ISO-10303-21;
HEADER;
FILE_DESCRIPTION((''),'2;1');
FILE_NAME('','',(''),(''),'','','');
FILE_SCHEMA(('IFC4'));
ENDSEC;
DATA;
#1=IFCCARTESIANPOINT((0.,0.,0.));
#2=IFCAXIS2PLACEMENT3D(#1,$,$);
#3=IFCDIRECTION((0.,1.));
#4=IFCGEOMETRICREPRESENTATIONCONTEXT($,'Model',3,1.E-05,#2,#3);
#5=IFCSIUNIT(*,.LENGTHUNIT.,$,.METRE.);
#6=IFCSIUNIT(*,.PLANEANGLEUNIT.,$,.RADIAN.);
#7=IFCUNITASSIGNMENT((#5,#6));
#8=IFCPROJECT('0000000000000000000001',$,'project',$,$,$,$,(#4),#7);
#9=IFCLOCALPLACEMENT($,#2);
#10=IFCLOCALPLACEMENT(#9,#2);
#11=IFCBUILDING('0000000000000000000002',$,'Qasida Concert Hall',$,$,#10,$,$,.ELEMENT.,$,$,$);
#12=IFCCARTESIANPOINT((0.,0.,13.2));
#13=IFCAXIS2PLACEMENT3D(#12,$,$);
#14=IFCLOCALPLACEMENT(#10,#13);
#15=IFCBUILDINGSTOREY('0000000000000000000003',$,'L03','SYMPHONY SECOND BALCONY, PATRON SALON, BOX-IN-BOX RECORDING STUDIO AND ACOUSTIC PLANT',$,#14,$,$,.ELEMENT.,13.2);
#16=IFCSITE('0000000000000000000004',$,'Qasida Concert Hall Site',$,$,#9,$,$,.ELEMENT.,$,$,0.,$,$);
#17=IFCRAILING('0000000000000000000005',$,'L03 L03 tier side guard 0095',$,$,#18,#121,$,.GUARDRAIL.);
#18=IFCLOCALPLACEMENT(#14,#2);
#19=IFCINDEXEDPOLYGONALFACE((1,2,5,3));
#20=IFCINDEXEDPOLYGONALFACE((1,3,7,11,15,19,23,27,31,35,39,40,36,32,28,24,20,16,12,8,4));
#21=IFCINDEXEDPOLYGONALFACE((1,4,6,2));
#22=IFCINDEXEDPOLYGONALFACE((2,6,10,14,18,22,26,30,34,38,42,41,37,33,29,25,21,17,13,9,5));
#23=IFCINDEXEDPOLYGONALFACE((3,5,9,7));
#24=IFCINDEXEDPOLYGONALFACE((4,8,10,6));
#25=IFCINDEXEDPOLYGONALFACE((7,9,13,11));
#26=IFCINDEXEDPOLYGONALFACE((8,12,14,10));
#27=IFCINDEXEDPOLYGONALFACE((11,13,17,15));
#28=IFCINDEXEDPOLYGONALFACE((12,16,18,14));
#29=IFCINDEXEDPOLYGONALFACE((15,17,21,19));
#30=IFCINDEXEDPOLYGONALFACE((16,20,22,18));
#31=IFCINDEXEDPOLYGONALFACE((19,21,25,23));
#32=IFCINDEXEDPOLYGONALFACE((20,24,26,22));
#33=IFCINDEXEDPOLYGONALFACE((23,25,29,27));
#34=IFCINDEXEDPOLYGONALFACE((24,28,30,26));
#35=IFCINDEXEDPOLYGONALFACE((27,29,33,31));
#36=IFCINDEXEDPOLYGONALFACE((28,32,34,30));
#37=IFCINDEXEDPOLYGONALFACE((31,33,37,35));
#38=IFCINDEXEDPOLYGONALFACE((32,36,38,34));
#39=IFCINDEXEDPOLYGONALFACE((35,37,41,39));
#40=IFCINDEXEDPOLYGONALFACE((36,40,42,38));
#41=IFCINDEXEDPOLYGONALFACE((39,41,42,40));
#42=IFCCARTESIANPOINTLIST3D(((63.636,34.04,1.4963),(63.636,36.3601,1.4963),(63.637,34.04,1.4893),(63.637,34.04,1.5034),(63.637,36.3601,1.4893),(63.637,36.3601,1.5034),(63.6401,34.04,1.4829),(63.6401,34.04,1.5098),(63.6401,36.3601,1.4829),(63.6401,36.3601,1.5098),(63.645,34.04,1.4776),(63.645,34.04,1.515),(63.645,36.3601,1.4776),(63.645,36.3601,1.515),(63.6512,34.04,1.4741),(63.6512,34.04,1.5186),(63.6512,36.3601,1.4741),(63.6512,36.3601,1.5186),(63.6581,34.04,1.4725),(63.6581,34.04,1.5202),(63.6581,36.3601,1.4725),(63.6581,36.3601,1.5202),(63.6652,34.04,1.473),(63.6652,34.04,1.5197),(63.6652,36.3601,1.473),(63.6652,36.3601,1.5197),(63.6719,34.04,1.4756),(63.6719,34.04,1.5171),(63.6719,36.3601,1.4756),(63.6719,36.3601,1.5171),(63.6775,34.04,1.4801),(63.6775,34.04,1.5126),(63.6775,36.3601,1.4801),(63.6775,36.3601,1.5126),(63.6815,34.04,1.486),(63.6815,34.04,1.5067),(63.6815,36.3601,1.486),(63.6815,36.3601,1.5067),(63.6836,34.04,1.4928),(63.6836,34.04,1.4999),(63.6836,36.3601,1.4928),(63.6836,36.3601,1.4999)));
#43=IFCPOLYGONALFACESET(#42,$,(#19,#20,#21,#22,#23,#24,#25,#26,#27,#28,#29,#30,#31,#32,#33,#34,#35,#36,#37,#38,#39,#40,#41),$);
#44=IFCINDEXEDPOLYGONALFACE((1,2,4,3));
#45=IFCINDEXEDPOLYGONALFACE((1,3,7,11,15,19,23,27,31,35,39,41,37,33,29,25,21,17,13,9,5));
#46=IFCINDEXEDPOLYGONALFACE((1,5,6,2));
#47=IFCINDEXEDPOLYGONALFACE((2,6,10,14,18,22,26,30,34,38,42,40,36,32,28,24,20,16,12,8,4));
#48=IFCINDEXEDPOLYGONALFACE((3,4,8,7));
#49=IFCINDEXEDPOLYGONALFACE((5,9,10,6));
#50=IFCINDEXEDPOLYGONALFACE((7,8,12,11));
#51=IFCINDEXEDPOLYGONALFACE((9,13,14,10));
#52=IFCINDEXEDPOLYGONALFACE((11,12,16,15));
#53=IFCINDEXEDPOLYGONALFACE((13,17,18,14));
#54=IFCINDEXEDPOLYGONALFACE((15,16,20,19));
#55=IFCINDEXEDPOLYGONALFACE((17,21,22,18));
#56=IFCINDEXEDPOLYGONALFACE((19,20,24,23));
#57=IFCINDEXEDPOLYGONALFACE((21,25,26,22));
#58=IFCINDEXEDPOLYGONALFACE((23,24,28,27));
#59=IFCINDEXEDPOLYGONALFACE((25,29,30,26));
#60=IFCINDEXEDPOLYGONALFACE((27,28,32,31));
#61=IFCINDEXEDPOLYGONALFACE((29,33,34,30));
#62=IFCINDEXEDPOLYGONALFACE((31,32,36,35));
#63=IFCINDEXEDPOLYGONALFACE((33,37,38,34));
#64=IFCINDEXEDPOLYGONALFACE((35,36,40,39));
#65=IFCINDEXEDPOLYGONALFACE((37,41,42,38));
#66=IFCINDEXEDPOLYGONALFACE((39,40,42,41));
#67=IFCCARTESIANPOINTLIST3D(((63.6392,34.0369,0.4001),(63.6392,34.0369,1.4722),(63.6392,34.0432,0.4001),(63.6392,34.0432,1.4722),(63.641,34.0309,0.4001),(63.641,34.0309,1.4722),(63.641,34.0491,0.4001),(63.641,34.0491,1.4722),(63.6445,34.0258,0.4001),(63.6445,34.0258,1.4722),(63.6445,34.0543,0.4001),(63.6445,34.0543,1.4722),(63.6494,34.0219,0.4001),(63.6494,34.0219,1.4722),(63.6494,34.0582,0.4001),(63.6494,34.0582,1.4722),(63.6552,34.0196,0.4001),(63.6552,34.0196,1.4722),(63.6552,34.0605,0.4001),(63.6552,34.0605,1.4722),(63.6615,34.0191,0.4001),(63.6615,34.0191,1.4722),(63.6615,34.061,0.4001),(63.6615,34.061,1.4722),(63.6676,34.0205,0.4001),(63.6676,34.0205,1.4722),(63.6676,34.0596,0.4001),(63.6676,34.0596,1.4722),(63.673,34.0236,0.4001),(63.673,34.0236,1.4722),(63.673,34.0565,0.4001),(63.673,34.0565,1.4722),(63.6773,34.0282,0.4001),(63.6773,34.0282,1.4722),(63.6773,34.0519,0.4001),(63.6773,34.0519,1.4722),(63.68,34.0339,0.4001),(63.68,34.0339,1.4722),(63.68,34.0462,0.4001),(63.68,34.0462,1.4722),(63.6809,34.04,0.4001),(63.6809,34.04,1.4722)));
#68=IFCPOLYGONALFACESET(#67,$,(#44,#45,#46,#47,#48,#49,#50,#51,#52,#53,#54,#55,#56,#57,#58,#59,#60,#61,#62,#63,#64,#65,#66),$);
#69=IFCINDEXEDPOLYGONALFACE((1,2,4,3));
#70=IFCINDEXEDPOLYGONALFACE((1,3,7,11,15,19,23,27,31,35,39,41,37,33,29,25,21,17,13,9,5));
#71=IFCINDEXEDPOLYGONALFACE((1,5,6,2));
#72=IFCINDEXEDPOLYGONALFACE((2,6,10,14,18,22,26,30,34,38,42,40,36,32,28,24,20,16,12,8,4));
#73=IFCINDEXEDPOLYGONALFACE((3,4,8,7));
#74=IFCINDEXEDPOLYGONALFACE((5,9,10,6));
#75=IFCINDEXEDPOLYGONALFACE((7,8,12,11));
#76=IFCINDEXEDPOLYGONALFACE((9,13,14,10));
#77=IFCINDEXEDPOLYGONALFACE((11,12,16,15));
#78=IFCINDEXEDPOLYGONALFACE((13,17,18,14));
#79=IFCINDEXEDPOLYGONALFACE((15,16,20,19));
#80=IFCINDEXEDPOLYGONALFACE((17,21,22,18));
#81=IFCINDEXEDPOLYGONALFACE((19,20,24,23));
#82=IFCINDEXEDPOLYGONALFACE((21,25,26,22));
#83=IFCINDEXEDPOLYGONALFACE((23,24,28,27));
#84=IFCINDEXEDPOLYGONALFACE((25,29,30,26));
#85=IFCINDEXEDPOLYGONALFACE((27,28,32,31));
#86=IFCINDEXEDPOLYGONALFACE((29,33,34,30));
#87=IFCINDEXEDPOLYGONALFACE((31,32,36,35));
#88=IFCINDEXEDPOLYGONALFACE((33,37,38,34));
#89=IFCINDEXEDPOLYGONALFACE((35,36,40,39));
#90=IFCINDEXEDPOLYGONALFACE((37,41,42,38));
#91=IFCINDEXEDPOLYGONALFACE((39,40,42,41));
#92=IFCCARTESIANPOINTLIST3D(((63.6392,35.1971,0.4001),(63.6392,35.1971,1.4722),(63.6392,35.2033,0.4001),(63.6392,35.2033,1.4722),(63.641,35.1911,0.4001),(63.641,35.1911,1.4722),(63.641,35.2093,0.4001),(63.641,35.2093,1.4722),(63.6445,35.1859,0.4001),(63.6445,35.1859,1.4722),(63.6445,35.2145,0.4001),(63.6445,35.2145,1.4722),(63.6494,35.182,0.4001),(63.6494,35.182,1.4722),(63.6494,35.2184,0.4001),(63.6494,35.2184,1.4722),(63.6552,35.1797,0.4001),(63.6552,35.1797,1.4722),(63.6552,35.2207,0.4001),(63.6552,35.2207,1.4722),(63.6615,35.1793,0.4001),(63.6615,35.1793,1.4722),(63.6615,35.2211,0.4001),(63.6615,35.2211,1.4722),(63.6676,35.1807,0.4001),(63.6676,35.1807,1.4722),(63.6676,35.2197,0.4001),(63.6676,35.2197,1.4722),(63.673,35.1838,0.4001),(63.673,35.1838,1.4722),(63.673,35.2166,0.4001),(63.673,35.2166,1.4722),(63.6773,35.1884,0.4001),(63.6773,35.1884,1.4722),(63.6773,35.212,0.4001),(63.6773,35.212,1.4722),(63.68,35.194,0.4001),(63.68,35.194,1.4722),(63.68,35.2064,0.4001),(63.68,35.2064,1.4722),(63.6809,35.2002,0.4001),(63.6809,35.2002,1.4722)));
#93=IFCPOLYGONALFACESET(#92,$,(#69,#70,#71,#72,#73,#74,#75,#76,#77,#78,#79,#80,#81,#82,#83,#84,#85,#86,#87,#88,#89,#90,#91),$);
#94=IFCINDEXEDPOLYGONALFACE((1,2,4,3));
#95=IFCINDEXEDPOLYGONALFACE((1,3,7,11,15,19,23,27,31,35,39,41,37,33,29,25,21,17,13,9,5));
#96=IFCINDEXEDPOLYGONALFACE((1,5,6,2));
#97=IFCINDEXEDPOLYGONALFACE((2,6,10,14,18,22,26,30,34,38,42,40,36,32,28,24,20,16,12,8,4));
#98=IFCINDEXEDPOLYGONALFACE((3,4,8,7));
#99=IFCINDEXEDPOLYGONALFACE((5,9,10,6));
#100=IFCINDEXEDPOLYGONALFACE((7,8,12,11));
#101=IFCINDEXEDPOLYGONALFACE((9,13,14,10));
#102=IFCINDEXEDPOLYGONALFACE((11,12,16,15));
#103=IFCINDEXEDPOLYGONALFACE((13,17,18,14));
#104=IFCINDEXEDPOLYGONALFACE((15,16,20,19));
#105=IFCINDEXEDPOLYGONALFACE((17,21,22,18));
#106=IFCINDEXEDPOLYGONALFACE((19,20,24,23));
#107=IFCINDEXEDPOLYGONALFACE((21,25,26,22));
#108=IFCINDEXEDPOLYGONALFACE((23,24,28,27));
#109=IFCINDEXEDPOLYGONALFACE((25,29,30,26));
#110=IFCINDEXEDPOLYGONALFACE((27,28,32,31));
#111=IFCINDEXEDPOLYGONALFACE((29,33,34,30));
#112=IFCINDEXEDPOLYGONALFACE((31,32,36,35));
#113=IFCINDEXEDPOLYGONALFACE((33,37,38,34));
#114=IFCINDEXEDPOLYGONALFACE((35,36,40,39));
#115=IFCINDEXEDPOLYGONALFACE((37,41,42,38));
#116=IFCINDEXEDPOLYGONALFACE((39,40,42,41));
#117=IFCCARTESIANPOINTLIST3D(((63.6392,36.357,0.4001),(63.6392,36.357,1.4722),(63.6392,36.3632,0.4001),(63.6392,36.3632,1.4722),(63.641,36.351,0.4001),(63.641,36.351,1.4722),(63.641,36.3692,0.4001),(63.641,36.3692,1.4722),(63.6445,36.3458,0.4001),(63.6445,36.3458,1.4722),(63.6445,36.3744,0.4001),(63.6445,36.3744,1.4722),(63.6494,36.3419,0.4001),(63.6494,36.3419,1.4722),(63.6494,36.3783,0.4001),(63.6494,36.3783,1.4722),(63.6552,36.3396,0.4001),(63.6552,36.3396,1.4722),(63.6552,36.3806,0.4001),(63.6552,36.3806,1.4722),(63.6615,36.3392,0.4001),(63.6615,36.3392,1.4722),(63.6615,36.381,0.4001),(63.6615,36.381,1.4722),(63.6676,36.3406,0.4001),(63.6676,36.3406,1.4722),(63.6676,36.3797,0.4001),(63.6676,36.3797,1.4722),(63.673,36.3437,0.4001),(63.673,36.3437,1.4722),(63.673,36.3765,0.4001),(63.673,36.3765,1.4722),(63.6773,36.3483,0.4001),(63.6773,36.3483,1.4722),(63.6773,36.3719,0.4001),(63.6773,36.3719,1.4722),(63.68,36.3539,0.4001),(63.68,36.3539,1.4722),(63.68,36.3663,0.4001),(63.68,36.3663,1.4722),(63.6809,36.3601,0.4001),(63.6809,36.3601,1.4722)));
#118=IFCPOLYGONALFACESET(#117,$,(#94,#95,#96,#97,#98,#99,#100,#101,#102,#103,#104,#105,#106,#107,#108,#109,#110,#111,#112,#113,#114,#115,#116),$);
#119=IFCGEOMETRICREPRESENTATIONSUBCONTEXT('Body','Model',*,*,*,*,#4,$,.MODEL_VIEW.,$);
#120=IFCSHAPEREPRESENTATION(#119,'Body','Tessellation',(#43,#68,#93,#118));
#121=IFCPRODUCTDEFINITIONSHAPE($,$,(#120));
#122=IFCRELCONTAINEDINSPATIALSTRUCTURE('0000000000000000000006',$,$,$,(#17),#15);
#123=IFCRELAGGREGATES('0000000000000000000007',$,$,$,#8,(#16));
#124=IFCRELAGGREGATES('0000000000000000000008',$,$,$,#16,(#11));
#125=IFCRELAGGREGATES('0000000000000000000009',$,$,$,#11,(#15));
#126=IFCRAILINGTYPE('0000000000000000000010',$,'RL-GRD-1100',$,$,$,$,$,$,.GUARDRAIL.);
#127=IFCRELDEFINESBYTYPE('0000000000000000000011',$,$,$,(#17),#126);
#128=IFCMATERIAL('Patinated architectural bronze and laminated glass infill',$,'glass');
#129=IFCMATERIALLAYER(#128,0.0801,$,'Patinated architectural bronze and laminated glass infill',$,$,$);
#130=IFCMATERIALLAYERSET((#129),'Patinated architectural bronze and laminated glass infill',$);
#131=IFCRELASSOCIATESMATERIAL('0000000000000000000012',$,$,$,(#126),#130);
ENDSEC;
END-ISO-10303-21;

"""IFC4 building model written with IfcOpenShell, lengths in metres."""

from ifc_helpers import new_model, si_unit, direction, frame, origin, origin_2d, place, context, subcontext, project, spatial, circle, extrude, material, layer, layer_set, type_object, element, save


model = new_model("IFC4")

# Units and contexts
model_context = context("Model", 3, precision=1e-05, world=origin(), true_north=direction((0.0, 1.0)))
body_context = subcontext(model_context, "Body", "Model", "MODEL_VIEW")
ifc_project = project(units=[si_unit("LENGTHUNIT", "METRE"), si_unit("PLANEANGLEUNIT", "RADIAN")], contexts=[model_context])

# Site, building, storey
site_placement = place(None, origin())
site = spatial("IfcSite", under=ifc_project, at=site_placement, Name="Qasida Concert Hall Site", CompositionType="ELEMENT", RefElevation=0.0)
building_placement = place(site_placement, origin())
building = spatial("IfcBuilding", under=site, at=building_placement, Name="Qasida Concert Hall", CompositionType="ELEMENT")
storey_placement = place(building_placement, frame((0.0, 0.0, 13.2)))
storey = spatial("IfcBuildingStorey", under=building, at=storey_placement, Name="L03", Description="SYMPHONY SECOND BALCONY, PATRON SALON, BOX-IN-BOX RECORDING STUDIO AND ACOUSTIC PLANT", CompositionType="ELEMENT", Elevation=13.2)

# Railing
ifc_material_1 = material(Name="Patinated architectural bronze and laminated glass infill", Category="glass")
ifc_layer_1 = layer(ifc_material_1, 0.0801, Name="Patinated architectural bronze and laminated glass infill")
ifc_layer_set_1 = layer_set([ifc_layer_1], Name="Patinated architectural bronze and laminated glass infill")
railing_type = type_object("IfcRailingType", Name="RL-GRD-1100", PredefinedType="GUARDRAIL", material=ifc_layer_set_1)
for number, where, name in (
    (1, (63.6599, 34.04, 0.4001), "L03 L03 tier side guard 0095"),
):
    element("IfcRailing", number, at=place(storey_placement, frame(where)), inside=storey, type_object=railing_type, Name=name, PredefinedType="GUARDRAIL", context=body_context, shape_type="SweptSolid", body=[
        extrude(circle(Radius=0.0239, at=origin_2d()), frame((0.0, 0.0, 1.0962), z_axis=(0.0, 1.0, 0.0), x_axis=(-1.0, 0.0, 0.0)), (0.0, 0.0, 1.0), 2.3201),
        extrude(circle(Radius=0.021, at=origin_2d()), origin(), (0.0, 0.0, 1.0), 1.072),
        extrude(circle(Radius=0.021, at=origin_2d()), frame((0.0, 1.1602, 0.0)), (0.0, 0.0, 1.0), 1.072),
        extrude(circle(Radius=0.021, at=origin_2d()), frame((0.0, 2.3201, 0.0)), (0.0, 0.0, 1.0), 1.072),
    ])

save(model, "model.ifc")
